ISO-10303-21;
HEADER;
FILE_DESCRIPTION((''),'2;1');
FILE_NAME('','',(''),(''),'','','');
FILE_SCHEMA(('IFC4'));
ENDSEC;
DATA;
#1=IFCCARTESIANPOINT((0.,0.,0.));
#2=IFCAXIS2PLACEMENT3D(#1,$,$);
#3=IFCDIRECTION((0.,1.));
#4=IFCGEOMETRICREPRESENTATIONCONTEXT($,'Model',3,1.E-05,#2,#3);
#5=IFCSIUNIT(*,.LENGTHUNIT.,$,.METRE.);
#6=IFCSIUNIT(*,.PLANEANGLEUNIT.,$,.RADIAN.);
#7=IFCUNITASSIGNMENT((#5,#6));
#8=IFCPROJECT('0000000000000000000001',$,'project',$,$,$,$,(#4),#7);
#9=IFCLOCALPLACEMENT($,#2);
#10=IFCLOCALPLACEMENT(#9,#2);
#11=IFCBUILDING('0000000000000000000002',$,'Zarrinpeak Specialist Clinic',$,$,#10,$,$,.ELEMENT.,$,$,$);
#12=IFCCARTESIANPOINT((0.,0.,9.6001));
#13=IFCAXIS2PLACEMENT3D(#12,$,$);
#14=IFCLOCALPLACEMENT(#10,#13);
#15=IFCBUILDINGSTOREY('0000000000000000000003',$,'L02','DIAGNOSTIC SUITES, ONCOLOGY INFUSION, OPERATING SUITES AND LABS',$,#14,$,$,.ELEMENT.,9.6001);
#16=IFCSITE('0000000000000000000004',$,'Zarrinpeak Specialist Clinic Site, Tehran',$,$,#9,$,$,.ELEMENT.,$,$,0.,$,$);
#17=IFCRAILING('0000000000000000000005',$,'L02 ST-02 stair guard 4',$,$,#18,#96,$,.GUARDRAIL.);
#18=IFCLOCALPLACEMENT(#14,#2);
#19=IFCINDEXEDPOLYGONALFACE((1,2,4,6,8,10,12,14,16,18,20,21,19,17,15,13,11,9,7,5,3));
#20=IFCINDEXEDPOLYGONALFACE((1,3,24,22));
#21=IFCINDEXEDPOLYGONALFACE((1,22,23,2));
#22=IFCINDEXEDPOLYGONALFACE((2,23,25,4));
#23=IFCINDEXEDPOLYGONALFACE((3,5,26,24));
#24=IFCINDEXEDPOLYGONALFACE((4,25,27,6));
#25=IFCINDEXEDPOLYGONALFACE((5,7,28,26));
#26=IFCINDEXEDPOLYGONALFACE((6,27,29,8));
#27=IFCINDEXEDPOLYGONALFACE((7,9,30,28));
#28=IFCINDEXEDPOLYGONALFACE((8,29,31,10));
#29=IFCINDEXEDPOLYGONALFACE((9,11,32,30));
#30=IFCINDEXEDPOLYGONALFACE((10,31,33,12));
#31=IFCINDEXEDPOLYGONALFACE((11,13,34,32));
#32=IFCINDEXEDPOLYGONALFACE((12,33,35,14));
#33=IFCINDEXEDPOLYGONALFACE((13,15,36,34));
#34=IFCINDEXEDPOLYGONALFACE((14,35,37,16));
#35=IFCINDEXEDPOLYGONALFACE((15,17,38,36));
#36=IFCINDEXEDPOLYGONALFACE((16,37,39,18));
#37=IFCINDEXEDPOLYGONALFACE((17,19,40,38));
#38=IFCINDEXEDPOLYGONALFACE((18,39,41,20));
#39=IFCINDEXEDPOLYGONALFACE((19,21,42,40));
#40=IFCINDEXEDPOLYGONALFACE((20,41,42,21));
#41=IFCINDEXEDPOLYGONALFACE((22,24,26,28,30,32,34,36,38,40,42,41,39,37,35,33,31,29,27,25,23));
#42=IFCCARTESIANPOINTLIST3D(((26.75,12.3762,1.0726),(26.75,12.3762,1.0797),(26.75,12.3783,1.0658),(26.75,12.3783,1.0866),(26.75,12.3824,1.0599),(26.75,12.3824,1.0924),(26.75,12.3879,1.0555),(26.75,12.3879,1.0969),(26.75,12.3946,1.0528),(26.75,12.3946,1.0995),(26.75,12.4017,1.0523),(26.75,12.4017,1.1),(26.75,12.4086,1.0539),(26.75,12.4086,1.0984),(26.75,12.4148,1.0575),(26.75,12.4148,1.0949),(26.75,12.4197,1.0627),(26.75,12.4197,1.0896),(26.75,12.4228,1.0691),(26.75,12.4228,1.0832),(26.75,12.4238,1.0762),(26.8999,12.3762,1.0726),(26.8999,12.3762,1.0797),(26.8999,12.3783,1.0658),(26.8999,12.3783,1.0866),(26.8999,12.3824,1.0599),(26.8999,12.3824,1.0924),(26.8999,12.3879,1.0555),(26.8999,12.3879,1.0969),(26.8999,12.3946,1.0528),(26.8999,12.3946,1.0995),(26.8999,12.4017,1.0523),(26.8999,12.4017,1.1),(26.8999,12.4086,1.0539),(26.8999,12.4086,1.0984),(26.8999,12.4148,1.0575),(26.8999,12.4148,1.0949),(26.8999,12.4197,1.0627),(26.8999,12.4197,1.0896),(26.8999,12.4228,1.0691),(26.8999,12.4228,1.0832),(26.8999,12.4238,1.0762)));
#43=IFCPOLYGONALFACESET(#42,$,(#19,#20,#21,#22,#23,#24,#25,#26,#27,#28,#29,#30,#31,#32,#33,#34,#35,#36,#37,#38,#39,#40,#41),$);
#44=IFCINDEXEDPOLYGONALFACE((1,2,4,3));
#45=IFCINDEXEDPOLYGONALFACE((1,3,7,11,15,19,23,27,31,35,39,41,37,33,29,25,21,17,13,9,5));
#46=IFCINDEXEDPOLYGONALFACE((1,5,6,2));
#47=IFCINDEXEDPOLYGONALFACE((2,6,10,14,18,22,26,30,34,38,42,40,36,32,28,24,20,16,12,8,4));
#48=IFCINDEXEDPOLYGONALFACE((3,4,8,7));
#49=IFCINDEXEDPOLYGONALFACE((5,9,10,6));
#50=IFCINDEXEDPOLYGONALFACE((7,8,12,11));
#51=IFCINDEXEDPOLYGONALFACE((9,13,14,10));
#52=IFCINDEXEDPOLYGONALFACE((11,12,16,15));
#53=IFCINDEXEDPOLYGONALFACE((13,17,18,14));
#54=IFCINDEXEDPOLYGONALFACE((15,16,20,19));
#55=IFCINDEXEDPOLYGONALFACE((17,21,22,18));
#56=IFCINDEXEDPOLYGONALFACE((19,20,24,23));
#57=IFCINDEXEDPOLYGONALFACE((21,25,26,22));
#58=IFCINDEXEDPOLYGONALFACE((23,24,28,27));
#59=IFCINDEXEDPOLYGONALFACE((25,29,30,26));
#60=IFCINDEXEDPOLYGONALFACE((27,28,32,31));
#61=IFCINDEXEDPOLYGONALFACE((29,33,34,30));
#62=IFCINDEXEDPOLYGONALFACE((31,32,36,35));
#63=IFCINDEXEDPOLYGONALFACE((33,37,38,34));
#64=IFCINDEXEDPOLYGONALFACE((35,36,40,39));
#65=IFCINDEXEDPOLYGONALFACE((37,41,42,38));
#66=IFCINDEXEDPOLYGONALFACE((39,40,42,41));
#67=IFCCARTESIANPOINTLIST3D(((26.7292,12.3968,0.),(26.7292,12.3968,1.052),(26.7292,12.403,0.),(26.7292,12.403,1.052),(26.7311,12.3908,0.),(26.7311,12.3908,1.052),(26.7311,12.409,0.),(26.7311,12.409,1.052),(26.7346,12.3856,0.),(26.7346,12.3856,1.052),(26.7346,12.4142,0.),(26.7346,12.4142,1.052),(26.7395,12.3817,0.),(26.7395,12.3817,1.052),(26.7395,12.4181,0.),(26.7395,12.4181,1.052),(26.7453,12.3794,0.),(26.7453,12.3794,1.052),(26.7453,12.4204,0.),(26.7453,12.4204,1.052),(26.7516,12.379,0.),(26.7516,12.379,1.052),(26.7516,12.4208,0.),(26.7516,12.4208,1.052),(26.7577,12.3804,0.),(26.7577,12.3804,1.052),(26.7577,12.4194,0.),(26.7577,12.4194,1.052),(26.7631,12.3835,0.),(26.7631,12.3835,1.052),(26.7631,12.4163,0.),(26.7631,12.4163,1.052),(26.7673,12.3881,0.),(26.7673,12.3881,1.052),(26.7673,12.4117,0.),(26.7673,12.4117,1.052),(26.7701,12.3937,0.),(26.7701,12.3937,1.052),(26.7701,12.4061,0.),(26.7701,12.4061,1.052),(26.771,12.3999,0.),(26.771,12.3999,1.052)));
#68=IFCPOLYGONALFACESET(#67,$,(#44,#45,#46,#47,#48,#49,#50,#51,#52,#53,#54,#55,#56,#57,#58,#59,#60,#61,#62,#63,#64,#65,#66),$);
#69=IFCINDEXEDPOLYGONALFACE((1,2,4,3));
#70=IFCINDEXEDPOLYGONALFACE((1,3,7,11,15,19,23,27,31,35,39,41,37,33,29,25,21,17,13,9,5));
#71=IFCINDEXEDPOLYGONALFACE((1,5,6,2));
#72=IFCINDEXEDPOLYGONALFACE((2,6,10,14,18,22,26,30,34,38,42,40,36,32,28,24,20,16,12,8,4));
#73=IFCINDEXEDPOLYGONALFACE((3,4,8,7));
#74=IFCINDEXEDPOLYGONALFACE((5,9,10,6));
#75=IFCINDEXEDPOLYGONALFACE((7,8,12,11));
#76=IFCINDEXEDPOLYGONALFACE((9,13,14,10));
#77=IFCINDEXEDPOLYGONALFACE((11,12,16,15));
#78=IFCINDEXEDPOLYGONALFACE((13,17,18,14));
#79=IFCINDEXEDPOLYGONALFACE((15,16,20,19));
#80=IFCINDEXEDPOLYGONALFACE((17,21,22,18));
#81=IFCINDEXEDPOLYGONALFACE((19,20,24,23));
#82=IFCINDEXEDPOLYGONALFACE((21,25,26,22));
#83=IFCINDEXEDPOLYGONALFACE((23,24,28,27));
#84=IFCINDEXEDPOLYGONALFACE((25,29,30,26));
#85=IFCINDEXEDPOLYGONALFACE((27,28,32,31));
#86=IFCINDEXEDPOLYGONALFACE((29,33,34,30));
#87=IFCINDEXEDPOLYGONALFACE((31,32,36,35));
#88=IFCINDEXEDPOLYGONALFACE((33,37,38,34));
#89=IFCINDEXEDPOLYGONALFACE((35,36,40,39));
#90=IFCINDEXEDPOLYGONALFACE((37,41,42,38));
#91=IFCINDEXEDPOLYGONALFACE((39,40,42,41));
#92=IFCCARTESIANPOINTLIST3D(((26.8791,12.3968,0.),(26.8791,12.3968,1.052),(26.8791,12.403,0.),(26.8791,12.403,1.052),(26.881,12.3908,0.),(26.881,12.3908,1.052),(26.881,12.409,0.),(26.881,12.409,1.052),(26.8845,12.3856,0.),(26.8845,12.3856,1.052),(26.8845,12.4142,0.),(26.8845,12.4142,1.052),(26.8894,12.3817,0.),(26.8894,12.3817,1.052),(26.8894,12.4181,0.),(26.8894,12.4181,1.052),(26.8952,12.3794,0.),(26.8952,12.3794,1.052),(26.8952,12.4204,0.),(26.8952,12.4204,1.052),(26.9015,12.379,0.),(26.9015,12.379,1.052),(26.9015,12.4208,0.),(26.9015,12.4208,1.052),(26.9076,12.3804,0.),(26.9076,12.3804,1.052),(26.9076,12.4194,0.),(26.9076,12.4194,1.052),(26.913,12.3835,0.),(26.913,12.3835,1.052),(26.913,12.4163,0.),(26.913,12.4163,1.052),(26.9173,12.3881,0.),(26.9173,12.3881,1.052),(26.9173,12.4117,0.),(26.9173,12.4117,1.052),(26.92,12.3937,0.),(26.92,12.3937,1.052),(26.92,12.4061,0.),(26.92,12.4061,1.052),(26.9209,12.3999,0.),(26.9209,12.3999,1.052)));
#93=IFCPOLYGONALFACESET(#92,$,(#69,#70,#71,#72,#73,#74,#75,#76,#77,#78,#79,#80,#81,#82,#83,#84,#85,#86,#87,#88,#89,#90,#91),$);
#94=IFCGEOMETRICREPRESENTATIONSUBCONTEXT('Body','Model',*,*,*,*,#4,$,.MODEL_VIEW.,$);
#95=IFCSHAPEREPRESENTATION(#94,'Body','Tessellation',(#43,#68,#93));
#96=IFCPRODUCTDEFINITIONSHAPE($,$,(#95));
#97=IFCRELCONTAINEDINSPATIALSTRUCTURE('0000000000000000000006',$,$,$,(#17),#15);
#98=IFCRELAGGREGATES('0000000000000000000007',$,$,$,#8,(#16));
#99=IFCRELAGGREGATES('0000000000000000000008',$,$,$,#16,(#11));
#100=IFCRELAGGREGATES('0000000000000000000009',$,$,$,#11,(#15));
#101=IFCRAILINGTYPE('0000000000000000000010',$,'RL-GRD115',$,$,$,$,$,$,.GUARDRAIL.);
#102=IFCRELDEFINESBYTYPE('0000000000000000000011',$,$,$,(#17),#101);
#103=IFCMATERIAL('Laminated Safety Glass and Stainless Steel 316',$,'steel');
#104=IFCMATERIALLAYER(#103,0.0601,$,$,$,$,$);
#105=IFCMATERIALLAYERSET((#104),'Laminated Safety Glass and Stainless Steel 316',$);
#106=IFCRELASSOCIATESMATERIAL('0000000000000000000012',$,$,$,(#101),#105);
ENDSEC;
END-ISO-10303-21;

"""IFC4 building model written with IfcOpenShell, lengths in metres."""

from ifc_helpers import new_model, si_unit, direction, frame, origin, origin_2d, place, context, subcontext, project, spatial, circle, extrude, material, layer, layer_set, type_object, element, save


model = new_model("IFC4")

# Units and contexts
model_context = context("Model", 3, precision=1e-05, world=origin(), true_north=direction((0.0, 1.0)))
body_context = subcontext(model_context, "Body", "Model", "MODEL_VIEW")
ifc_project = project(units=[si_unit("LENGTHUNIT", "METRE"), si_unit("PLANEANGLEUNIT", "RADIAN")], contexts=[model_context])

# Site, building, storey
site_placement = place(None, origin())
site = spatial("IfcSite", under=ifc_project, at=site_placement, Name="Zarrinpeak Specialist Clinic Site, Tehran", CompositionType="ELEMENT", RefElevation=0.0)
building_placement = place(site_placement, origin())
building = spatial("IfcBuilding", under=site, at=building_placement, Name="Zarrinpeak Specialist Clinic", CompositionType="ELEMENT")
storey_placement = place(building_placement, frame((0.0, 0.0, 9.6001)))
storey = spatial("IfcBuildingStorey", under=building, at=storey_placement, Name="L02", Description="DIAGNOSTIC SUITES, ONCOLOGY INFUSION, OPERATING SUITES AND LABS", CompositionType="ELEMENT", Elevation=9.6001)

# Railing
ifc_material_1 = material(Name="Laminated Safety Glass and Stainless Steel 316", Category="steel")
ifc_layer_1 = layer(ifc_material_1, 0.0601)
ifc_layer_set_1 = layer_set([ifc_layer_1], Name="Laminated Safety Glass and Stainless Steel 316")
railing_type_1 = type_object("IfcRailingType", Name="RL-GRD115", PredefinedType="GUARDRAIL", material=ifc_layer_set_1)
railing_1_placement = place(storey_placement, frame((26.75, 12.3999, 0.0)))
element("IfcRailing", 1, at=railing_1_placement, inside=storey, type_object=railing_type_1, Name="L02 ST-02 stair guard 4", PredefinedType="GUARDRAIL", context=body_context, shape_type="SweptSolid", body=[
    extrude(circle(Radius=0.0239, at=origin_2d()), frame((0.0, 0.0, 1.0762), z_axis=(1.0, 0.0, 0.0), x_axis=(0.0, 1.0, 0.0)), (0.0, 0.0, 1.0), 0.1499),
    extrude(circle(Radius=0.021, at=origin_2d()), origin(), (0.0, 0.0, 1.0), 1.052),
    extrude(circle(Radius=0.021, at=origin_2d()), frame((0.1499, 0.0, 0.0)), (0.0, 0.0, 1.0), 1.052),
])

save(model, "model.ifc")
